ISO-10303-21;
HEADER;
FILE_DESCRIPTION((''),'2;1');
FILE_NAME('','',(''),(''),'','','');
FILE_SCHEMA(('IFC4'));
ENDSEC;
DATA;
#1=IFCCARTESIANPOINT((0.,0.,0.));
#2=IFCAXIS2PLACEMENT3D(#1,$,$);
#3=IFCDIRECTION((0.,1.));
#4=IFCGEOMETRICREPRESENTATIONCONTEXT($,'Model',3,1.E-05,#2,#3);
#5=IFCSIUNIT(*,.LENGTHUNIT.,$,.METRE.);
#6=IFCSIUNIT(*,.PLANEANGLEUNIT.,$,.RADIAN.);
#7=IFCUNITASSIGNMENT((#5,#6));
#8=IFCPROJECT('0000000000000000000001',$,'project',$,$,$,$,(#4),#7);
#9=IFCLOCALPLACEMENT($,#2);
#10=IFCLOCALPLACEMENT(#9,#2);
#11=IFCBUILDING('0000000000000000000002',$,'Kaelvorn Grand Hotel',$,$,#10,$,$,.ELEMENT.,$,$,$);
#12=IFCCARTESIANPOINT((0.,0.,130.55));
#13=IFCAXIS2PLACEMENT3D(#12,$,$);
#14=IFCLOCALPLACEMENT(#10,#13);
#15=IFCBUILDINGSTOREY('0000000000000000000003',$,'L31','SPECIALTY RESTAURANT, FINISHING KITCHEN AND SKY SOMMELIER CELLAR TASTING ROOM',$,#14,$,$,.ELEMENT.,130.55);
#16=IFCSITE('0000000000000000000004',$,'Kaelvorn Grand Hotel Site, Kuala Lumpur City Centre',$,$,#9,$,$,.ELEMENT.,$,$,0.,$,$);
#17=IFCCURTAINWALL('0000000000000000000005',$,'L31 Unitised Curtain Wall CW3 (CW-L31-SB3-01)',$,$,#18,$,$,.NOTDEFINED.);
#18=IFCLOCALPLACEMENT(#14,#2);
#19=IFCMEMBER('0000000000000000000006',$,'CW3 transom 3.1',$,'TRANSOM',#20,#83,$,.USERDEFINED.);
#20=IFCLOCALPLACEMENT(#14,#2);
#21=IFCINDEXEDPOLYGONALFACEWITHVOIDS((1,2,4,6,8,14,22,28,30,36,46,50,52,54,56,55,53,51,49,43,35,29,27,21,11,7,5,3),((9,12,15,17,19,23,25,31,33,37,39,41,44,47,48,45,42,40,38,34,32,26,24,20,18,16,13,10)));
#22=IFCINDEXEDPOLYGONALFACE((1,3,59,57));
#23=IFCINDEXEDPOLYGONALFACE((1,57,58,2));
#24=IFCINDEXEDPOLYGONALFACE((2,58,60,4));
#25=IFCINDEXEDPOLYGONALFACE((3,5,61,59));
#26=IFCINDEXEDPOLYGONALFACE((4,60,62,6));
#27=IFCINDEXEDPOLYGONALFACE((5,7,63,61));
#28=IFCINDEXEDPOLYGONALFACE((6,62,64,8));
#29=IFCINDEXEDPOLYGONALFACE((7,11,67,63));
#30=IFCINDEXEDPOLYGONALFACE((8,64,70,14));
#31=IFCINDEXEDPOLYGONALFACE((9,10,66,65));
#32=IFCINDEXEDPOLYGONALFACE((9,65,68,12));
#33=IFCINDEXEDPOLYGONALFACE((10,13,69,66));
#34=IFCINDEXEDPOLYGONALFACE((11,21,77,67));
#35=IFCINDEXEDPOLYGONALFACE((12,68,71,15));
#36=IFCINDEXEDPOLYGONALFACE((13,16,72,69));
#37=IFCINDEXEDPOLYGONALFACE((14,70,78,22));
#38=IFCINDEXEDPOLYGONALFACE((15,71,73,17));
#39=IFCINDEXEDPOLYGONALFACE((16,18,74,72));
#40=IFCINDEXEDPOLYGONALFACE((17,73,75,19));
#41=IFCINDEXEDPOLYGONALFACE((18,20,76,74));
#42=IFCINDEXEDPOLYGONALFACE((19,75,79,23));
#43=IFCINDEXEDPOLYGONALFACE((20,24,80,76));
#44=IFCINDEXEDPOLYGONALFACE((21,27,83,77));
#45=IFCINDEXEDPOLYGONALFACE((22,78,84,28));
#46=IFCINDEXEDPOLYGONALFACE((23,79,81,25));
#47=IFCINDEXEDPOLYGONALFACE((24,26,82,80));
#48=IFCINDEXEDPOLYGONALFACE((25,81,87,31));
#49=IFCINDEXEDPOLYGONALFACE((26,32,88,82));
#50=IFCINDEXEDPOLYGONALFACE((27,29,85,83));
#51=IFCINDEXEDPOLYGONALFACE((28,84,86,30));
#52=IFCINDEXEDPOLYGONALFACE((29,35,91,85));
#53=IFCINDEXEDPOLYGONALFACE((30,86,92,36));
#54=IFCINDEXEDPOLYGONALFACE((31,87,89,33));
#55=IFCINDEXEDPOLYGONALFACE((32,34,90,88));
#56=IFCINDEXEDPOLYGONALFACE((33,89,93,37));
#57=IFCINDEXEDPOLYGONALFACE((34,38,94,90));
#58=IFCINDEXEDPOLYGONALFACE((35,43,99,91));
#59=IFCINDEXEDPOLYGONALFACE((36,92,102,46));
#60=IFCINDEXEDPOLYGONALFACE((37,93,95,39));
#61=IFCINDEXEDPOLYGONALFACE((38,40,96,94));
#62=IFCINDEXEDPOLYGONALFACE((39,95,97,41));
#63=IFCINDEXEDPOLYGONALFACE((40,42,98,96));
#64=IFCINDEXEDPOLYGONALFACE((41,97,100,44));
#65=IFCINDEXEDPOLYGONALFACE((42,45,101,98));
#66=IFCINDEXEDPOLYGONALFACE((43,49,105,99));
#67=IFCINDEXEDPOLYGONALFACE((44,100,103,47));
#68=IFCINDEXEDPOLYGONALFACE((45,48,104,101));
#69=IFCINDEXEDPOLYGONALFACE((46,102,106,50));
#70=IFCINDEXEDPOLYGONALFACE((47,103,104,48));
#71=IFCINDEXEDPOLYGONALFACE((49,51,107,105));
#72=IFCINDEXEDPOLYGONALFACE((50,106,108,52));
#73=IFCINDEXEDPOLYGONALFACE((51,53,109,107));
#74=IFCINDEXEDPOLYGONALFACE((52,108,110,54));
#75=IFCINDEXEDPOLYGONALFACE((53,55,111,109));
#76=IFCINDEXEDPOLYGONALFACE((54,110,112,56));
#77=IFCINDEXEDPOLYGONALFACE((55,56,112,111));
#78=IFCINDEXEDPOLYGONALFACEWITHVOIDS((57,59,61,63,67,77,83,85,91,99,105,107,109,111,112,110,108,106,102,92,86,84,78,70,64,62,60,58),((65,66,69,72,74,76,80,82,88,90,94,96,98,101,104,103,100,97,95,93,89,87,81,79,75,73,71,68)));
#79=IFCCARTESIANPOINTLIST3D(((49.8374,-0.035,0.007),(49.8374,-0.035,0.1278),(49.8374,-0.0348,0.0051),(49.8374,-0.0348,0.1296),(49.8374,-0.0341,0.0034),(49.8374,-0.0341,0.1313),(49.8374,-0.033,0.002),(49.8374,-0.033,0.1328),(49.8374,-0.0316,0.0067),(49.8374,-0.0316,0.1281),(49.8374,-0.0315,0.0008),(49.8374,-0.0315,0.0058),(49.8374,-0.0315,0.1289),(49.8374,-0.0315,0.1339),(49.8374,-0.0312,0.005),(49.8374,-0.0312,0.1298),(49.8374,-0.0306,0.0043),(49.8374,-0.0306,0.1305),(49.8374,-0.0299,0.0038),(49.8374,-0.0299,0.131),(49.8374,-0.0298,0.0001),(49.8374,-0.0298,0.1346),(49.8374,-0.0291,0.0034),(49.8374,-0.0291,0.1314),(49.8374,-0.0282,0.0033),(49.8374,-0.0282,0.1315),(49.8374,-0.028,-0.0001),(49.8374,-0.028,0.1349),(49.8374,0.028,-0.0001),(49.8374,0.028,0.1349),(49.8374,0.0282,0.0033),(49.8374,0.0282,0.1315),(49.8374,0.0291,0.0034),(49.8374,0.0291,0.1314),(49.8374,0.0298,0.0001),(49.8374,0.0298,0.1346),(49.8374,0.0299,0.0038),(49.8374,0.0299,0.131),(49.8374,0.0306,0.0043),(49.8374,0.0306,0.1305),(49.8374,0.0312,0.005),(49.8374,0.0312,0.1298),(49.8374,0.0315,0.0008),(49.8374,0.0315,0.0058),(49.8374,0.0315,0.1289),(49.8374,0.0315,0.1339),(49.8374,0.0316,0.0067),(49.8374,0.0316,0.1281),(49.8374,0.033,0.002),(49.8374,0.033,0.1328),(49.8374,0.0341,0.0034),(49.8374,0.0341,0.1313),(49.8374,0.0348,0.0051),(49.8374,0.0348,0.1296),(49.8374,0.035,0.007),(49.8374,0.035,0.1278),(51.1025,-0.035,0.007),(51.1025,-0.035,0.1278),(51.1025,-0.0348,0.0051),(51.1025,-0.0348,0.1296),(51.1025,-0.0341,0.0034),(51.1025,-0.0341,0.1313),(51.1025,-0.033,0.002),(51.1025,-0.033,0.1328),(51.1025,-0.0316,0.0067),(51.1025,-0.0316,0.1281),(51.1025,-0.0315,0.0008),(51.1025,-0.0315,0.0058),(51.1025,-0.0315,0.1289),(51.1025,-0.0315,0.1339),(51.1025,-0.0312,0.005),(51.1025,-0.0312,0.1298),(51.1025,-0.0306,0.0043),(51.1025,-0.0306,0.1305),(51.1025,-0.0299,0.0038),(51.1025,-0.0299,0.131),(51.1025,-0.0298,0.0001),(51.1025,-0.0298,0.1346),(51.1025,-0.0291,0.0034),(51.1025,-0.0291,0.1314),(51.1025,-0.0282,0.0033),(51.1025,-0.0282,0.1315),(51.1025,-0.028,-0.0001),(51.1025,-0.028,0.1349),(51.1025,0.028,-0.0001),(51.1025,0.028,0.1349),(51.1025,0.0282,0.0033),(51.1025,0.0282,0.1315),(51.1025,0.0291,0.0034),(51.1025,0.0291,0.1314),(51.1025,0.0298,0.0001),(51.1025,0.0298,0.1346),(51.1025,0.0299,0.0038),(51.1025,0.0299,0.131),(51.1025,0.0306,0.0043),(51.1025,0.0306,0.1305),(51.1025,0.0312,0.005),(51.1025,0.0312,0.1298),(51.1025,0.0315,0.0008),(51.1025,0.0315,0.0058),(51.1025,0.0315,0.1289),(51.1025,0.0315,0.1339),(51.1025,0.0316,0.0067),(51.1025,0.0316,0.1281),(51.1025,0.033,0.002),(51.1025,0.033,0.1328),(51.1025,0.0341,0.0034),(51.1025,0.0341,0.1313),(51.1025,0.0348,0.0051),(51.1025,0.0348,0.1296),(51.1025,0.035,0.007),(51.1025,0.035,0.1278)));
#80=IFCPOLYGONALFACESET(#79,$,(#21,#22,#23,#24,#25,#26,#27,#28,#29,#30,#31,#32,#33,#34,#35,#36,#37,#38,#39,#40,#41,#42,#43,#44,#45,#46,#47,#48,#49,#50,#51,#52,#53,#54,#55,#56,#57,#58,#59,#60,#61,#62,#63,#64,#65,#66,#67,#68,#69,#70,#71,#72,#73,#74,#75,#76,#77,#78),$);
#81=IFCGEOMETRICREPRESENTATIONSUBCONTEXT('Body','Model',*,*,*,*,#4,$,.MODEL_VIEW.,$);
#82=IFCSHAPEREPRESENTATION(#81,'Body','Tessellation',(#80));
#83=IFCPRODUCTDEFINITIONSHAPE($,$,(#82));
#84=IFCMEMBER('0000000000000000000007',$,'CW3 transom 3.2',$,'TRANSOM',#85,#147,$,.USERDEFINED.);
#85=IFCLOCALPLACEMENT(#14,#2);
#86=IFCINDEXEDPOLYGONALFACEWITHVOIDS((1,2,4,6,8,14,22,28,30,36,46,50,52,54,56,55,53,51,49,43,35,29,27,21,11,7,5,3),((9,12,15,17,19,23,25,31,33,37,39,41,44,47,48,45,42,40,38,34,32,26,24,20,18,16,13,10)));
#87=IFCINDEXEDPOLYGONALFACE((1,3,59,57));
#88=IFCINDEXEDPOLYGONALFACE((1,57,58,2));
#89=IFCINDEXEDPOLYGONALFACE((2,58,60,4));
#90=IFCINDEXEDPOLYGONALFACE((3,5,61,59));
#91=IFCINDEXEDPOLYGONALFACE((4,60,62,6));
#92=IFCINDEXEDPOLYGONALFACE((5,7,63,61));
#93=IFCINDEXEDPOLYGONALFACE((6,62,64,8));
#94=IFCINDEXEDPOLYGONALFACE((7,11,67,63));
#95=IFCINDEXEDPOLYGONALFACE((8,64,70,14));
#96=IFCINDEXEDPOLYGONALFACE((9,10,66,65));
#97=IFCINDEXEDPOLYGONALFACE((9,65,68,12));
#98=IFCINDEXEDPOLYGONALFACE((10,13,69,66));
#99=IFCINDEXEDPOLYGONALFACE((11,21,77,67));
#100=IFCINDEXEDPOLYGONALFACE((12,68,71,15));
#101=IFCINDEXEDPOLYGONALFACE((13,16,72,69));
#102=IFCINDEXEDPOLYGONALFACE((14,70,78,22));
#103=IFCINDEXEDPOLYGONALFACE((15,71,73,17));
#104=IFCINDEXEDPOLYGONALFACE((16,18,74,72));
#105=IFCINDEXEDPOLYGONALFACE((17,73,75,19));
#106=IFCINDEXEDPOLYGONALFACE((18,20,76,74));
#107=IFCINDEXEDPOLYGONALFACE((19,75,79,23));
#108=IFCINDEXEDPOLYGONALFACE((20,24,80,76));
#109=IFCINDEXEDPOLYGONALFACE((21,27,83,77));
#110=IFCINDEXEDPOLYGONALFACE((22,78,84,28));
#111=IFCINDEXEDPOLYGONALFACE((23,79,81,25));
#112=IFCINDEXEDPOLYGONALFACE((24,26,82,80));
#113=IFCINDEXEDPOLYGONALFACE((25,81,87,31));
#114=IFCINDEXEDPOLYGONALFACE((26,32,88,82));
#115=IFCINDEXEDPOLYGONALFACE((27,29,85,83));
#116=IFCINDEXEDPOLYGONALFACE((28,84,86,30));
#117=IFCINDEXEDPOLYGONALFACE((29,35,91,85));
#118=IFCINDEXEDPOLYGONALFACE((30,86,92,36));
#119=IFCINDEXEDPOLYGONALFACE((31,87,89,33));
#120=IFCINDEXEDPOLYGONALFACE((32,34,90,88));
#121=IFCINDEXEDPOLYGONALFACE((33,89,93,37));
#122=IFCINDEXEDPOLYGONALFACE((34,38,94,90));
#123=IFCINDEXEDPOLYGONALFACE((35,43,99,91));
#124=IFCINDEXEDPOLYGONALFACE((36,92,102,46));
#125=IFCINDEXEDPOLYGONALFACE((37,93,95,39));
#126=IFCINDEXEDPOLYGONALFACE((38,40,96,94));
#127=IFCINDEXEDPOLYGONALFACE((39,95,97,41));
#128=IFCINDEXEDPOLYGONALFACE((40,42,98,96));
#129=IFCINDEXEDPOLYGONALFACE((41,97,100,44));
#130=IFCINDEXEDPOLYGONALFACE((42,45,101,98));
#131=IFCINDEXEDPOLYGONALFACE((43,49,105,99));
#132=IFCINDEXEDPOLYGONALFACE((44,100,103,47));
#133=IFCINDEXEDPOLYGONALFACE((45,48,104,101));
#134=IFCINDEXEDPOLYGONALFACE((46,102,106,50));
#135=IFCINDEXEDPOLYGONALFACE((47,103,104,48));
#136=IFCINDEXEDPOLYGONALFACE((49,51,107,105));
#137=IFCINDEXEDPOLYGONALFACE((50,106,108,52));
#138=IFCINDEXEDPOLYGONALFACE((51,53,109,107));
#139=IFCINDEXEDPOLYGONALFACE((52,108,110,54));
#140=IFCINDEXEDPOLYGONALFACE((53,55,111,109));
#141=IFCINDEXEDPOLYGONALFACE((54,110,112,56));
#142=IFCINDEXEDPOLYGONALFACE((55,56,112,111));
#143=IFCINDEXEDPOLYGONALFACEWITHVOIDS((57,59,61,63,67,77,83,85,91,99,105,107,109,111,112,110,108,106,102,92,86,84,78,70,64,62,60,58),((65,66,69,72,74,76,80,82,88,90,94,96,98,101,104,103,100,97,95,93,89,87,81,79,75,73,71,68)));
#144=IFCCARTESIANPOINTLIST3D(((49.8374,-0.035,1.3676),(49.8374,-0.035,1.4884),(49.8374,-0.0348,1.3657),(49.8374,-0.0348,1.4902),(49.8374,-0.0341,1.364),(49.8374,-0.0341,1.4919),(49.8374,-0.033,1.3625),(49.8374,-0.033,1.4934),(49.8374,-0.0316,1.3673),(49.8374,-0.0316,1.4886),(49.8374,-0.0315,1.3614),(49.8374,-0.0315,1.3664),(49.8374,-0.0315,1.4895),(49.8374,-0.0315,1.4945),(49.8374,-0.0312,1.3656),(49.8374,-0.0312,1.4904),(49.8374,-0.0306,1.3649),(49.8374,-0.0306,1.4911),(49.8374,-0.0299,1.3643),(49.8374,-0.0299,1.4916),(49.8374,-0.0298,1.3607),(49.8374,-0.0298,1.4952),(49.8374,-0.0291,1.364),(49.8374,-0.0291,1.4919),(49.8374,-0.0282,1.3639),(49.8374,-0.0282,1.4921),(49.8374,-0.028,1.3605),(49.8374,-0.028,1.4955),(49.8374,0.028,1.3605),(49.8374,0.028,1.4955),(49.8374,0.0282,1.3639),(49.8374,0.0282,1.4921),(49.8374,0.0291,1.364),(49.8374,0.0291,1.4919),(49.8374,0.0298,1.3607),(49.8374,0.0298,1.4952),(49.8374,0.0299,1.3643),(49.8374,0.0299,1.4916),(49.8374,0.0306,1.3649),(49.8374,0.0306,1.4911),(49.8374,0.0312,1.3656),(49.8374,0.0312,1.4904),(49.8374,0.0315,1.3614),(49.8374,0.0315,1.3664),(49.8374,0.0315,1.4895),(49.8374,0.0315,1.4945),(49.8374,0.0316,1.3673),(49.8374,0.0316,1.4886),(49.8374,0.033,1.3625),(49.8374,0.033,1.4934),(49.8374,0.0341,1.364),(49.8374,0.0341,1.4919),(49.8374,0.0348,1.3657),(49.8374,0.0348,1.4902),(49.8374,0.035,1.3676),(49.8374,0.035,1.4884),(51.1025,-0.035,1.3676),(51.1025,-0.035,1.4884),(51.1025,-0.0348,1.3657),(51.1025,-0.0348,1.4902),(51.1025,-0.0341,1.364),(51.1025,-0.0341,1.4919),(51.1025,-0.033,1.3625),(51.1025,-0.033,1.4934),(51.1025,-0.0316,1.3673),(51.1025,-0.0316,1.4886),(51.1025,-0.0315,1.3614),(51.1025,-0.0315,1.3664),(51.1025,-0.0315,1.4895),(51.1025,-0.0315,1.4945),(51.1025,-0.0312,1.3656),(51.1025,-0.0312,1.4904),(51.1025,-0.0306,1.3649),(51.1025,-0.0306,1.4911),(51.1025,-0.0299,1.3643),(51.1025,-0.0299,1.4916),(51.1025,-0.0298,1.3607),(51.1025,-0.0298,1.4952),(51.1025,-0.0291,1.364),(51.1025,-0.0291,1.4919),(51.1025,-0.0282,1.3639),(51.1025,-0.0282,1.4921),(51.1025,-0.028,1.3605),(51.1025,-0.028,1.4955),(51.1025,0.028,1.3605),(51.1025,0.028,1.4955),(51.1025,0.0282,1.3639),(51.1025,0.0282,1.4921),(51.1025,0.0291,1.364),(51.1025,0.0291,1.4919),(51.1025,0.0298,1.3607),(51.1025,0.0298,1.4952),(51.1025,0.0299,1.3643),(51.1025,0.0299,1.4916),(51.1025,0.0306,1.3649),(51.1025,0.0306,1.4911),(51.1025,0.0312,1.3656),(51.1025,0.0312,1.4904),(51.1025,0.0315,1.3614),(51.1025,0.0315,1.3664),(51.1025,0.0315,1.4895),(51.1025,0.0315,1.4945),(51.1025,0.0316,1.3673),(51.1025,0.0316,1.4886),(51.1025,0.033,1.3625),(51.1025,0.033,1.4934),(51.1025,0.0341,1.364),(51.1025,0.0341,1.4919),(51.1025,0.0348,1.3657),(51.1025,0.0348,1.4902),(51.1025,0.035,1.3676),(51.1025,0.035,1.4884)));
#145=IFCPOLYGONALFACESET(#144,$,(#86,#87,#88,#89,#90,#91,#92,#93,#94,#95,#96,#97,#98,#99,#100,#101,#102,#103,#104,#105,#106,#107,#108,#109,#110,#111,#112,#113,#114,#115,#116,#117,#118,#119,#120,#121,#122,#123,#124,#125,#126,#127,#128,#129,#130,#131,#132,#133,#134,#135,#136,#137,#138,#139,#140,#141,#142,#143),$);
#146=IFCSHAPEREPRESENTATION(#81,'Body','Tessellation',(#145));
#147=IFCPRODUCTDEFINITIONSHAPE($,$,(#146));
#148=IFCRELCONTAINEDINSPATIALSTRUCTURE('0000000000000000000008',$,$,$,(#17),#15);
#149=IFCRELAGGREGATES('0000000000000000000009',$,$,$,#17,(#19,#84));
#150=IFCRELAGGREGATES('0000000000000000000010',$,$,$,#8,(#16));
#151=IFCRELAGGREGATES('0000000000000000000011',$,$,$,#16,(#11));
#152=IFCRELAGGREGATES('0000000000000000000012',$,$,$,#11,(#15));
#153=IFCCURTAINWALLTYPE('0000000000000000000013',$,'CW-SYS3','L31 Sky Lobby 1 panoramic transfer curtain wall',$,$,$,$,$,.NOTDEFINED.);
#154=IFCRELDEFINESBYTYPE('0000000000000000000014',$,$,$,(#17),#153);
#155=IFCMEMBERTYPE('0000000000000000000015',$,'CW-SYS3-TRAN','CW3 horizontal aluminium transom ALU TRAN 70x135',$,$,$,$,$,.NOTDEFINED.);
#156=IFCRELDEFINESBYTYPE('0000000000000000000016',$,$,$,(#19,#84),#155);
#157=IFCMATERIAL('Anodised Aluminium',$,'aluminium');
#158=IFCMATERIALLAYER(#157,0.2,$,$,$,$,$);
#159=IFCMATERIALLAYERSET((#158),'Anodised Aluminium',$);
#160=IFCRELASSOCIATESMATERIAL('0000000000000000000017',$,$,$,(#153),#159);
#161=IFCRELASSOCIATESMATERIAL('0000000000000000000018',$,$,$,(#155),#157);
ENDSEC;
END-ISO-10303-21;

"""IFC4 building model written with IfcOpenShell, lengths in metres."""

from ifc_helpers import new_model, si_unit, direction, frame, origin, origin_2d, place, context, subcontext, project, spatial, hollow_rectangle, extrude, material, layer, layer_set, material_profile, profile_set, type_object, element, aggregate, save


model = new_model("IFC4")

# Units and contexts
model_context = context("Model", 3, precision=1e-05, world=origin(), true_north=direction((0.0, 1.0)))
body_context = subcontext(model_context, "Body", "Model", "MODEL_VIEW")
ifc_project = project(units=[si_unit("LENGTHUNIT", "METRE"), si_unit("PLANEANGLEUNIT", "RADIAN")], contexts=[model_context])

# Site, building, storey
site_placement = place(None, origin())
site = spatial("IfcSite", under=ifc_project, at=site_placement, Name="Kaelvorn Grand Hotel Site, Kuala Lumpur City Centre", CompositionType="ELEMENT", RefElevation=0.0)
building_placement = place(site_placement, origin())
building = spatial("IfcBuilding", under=site, at=building_placement, Name="Kaelvorn Grand Hotel", CompositionType="ELEMENT")
storey_placement = place(building_placement, frame((0.0, 0.0, 130.55)))
storey = spatial("IfcBuildingStorey", under=building, at=storey_placement, Name="L31", Description="SPECIALTY RESTAURANT, FINISHING KITCHEN AND SKY SOMMELIER CELLAR TASTING ROOM", CompositionType="ELEMENT", Elevation=130.55)

# Curtain wall, members
ifc_material_1 = material(Name="Anodised Aluminium", Category="aluminium")
ifc_layer_1 = layer(ifc_material_1, 0.2)
ifc_layer_set_1 = layer_set([ifc_layer_1], Name="Anodised Aluminium")
curtain_wall_type = type_object("IfcCurtainWallType", Name="CW-SYS3", Description="L31 Sky Lobby 1 panoramic transfer curtain wall", PredefinedType="NOTDEFINED", material=ifc_layer_set_1)
curtain_wall_placement = place(storey_placement, origin())
curtain_wall = element("IfcCurtainWall", 1, at=curtain_wall_placement, inside=storey, type_object=curtain_wall_type, Name="L31 Unitised Curtain Wall CW3 (CW-L31-SB3-01)", PredefinedType="NOTDEFINED")
ifc_material_profile_1 = material_profile(ifc_material_1, hollow_rectangle(XDim=0.0701, YDim=0.135, WallThickness=0.0034, InnerFilletRadius=0.0034, OuterFilletRadius=0.0071, at=origin_2d()), Name="ALU TRAN 70x135")
ifc_profile_set_1 = profile_set([ifc_material_profile_1], Name="Anodised Aluminium")
member_type_1 = type_object("IfcMemberType", Name="CW-SYS3-TRAN", Description="CW3 horizontal aluminium transom ALU TRAN 70x135", PredefinedType="NOTDEFINED", material=ifc_profile_set_1)
member_1_placement = place(storey_placement, frame((49.8374, 0.0, 0.0674), z_axis=(1.0, 0.0, 0.0), x_axis=(0.0, 1.0, 0.0)))
member_1 = element("IfcMember", 2, at=member_1_placement, type_object=member_type_1, Name="CW3 transom 3.1", ObjectType="TRANSOM", PredefinedType="USERDEFINED", context=body_context, shape_type="SweptSolid", body=[
    extrude(hollow_rectangle(XDim=0.0701, YDim=0.135, WallThickness=0.0034, InnerFilletRadius=0.0034, OuterFilletRadius=0.0071, at=origin_2d()), origin(), (0.0, 0.0, 1.0), 1.2651),
])
member_2_placement = place(storey_placement, frame((49.8374, 0.0, 1.428), z_axis=(1.0, 0.0, 0.0), x_axis=(0.0, 1.0, 0.0)))
member_2 = element("IfcMember", 3, at=member_2_placement, type_object=member_type_1, Name="CW3 transom 3.2", ObjectType="TRANSOM", PredefinedType="USERDEFINED", context=body_context, shape_type="SweptSolid", body=[
    extrude(hollow_rectangle(XDim=0.0701, YDim=0.135, WallThickness=0.0034, InnerFilletRadius=0.0034, OuterFilletRadius=0.0071, at=origin_2d()), origin(), (0.0, 0.0, 1.0), 1.2651),
])
aggregate(curtain_wall, [member_1, member_2])

save(model, "model.ifc")
